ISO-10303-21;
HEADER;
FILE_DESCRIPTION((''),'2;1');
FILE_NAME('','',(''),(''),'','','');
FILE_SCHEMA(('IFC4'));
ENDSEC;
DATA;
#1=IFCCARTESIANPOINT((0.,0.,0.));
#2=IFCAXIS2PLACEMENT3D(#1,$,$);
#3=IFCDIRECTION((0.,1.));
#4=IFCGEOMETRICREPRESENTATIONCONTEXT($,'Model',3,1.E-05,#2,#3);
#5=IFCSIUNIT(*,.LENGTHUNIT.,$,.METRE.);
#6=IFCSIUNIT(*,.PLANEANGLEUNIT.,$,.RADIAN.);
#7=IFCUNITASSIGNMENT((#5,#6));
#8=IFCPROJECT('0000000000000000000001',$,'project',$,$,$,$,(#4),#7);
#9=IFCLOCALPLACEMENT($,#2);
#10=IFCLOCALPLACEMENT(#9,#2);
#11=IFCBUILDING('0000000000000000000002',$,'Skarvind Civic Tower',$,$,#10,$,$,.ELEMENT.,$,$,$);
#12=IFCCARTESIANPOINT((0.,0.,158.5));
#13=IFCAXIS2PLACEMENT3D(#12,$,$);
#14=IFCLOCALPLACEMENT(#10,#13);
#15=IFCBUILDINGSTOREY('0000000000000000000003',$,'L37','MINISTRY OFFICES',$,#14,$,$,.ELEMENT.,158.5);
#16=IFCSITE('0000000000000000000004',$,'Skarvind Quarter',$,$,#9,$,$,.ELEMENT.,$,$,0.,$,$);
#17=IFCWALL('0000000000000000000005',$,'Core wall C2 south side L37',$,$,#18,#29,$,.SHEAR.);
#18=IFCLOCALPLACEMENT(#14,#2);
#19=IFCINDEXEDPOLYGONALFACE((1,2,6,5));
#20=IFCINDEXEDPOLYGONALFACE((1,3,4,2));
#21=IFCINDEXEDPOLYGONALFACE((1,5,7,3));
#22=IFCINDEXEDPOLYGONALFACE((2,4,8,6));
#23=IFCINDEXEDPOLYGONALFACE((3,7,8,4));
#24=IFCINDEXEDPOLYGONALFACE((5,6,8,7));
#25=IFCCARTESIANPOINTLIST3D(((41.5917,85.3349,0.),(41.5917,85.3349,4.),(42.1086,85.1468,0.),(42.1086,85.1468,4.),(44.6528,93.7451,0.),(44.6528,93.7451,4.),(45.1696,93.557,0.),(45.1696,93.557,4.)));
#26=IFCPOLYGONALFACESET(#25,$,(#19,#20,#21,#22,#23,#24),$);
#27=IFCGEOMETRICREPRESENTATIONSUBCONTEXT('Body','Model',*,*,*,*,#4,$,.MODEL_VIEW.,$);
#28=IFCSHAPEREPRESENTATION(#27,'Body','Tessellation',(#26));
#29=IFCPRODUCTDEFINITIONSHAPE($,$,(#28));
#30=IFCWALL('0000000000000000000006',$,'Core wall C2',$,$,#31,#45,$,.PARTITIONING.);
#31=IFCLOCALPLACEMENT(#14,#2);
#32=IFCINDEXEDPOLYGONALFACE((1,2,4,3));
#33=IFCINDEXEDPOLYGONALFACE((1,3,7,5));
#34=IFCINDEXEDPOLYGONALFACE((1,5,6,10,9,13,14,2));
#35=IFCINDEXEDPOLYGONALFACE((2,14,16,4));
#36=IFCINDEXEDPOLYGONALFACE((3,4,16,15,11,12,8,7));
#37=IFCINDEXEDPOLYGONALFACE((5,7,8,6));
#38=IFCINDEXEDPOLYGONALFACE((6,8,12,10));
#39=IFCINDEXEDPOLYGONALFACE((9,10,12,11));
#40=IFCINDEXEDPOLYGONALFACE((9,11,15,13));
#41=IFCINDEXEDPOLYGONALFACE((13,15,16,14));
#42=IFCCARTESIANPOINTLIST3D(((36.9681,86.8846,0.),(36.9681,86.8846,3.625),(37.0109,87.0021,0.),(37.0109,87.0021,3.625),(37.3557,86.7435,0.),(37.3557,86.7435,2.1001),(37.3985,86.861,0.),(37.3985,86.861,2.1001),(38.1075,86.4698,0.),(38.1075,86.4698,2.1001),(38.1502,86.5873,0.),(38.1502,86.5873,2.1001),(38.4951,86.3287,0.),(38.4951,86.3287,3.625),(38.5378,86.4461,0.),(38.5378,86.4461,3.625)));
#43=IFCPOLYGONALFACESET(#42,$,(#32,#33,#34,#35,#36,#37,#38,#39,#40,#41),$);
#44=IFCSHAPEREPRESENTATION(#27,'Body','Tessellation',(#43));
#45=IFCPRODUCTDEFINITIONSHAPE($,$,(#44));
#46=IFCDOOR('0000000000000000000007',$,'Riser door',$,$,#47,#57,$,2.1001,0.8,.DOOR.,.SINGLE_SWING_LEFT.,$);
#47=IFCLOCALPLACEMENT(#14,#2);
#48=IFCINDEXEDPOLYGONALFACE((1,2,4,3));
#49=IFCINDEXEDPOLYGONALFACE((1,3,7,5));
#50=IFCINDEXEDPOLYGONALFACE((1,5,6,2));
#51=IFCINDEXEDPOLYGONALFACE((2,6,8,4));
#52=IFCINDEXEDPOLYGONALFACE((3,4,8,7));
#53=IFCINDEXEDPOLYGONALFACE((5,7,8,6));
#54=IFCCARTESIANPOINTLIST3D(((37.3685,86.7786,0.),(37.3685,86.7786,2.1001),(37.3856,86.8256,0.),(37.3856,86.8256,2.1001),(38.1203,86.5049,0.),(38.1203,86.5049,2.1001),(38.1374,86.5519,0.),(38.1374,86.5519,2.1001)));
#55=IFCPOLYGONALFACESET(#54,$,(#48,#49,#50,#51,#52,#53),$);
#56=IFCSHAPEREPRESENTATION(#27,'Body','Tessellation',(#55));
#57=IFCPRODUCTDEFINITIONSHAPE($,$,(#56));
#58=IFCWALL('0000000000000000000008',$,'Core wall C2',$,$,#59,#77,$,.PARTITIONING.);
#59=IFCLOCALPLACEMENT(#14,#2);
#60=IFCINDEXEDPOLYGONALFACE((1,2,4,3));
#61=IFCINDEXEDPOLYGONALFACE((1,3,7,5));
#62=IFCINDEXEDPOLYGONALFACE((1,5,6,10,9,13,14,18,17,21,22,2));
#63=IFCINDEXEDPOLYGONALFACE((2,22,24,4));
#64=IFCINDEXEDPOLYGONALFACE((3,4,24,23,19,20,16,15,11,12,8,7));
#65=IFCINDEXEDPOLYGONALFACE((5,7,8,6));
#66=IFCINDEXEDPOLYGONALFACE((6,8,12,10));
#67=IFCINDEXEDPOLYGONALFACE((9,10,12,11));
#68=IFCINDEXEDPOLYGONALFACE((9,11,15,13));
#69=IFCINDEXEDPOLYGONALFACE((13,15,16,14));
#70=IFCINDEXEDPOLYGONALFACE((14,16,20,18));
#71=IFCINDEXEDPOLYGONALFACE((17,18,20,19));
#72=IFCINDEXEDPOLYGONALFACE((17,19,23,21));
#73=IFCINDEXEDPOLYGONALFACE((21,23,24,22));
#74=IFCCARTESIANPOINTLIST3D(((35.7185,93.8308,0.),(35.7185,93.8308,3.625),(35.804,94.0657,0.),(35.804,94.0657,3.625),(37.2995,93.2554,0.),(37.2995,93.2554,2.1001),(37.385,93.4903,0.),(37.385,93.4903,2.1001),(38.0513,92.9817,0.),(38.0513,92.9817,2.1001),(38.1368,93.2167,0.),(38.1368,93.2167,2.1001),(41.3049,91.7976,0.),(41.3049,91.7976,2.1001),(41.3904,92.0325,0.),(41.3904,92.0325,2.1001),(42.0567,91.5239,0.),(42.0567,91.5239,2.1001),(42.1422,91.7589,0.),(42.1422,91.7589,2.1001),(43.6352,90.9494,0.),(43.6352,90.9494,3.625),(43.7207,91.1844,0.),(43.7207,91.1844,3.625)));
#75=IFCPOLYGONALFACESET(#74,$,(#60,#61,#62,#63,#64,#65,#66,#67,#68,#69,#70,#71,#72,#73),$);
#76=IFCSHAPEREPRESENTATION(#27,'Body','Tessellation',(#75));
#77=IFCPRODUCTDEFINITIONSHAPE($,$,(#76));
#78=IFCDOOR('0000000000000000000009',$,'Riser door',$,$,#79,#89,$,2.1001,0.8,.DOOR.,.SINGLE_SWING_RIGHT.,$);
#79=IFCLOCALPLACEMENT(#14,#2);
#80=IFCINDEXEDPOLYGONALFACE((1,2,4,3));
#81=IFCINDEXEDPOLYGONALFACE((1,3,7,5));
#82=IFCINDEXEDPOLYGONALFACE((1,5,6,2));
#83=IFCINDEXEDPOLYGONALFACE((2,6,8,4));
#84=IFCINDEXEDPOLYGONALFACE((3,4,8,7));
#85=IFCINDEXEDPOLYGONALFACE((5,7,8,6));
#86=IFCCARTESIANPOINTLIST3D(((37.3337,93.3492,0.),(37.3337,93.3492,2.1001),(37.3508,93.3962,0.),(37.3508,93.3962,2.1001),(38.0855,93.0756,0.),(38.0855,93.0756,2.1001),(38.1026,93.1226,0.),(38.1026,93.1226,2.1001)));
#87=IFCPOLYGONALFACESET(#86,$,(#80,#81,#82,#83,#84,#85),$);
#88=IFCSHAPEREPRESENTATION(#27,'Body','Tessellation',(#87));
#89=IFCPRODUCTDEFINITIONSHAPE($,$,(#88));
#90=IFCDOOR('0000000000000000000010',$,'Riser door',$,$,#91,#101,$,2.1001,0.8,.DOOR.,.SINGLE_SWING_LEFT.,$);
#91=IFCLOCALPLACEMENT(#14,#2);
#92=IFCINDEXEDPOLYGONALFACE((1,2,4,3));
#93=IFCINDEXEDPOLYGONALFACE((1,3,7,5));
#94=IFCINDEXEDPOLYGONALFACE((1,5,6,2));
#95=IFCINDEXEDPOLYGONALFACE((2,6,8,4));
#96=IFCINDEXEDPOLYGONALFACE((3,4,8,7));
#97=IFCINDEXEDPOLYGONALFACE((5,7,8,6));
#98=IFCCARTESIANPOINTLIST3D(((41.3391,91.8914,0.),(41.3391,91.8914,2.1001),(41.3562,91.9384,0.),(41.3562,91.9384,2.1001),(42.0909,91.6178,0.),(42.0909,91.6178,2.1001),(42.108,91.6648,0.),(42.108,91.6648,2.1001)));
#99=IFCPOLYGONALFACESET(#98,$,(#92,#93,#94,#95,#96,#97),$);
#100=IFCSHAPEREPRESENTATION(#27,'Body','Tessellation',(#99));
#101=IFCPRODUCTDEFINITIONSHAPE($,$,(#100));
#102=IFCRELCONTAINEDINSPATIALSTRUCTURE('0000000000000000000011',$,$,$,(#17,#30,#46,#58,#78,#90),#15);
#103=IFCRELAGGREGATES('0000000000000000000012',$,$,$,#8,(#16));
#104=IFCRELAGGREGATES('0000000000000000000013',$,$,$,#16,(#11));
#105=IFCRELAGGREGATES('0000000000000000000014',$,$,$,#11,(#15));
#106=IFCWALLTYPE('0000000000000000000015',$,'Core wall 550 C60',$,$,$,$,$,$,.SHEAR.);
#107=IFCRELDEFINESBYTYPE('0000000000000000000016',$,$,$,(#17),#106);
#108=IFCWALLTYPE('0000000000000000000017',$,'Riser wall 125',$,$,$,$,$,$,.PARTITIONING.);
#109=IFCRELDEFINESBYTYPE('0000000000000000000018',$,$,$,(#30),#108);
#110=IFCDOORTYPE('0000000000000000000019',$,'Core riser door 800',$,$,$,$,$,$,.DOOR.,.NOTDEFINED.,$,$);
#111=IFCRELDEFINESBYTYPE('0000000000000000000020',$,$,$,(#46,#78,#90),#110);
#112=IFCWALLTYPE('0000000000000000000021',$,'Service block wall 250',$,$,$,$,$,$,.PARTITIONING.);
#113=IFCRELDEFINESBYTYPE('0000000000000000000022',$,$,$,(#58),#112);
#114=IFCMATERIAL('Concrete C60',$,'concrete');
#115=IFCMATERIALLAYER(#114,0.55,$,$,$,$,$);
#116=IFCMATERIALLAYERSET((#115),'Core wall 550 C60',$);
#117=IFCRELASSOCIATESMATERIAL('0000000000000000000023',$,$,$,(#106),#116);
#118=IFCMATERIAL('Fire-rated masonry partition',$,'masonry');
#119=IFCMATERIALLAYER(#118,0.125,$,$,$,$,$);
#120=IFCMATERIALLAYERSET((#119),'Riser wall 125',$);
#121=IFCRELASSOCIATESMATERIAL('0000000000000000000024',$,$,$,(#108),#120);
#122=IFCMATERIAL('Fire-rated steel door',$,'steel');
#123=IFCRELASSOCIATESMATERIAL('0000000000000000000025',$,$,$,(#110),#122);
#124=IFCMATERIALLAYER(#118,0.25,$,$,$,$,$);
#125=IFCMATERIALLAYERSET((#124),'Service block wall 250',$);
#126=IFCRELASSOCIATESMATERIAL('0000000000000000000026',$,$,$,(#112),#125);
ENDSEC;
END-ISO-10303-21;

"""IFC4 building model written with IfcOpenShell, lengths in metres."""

from ifc_helpers import new_model, si_unit, direction, frame, frame_2d, origin, place, context, subcontext, project, spatial, rectangle, extrude, material, layer, layer_set, type_object, element, fill, save


model = new_model("IFC4")

# Units and contexts
model_context = context("Model", 3, precision=1e-05, world=origin(), true_north=direction((0.0, 1.0)))
body_context = subcontext(model_context, "Body", "Model", "MODEL_VIEW")
ifc_project = project(units=[si_unit("LENGTHUNIT", "METRE"), si_unit("PLANEANGLEUNIT", "RADIAN")], contexts=[model_context])

# Site, building, storey
site_placement = place(None, origin())
site = spatial("IfcSite", under=ifc_project, at=site_placement, Name="Skarvind Quarter", CompositionType="ELEMENT", RefElevation=0.0)
building_placement = place(site_placement, origin())
building = spatial("IfcBuilding", under=site, at=building_placement, Name="Skarvind Civic Tower", CompositionType="ELEMENT")
storey_placement = place(building_placement, frame((0.0, 0.0, 158.5)))
storey = spatial("IfcBuildingStorey", under=building, at=storey_placement, Name="L37", Description="MINISTRY OFFICES", CompositionType="ELEMENT", Elevation=158.5)

# Shared definitions
ifc_material_1 = material(Name="Concrete C60", Category="concrete")

# Shared definitions
ifc_material_2 = material(Name="Fire-rated masonry partition", Category="masonry")
ifc_material_3 = material(Name="Fire-rated steel door", Category="steel")

# Wall
ifc_layer_1 = layer(ifc_material_1, 0.55)
ifc_layer_set_1 = layer_set([ifc_layer_1], Name="Core wall 550 C60")
wall_type_1 = type_object("IfcWallType", Name="Core wall 550 C60", PredefinedType="SHEAR", material=ifc_layer_set_1)
wall_1_placement = place(storey_placement, frame((41.8501, 85.2407, 0.0), z_axis=(0.0, 0.0, 1.0), x_axis=(0.342019, 0.939693, 0.0)))
element("IfcWall", 1, at=wall_1_placement, inside=storey, type_object=wall_type_1, Name="Core wall C2 south side L37", PredefinedType="SHEAR", context=body_context, shape_type="SweptSolid", body=[
    extrude(rectangle(XDim=8.95, YDim=0.55, at=frame_2d((4.4751, 0.0))), origin(), (0.0, 0.0, 1.0), 4.0),
])

# Wall, opening, door
ifc_layer_2 = layer(ifc_material_2, 0.125)
ifc_layer_set_2 = layer_set([ifc_layer_2], Name="Riser wall 125")
wall_type_2 = type_object("IfcWallType", Name="Riser wall 125", PredefinedType="PARTITIONING", material=ifc_layer_set_2)
wall_2_placement = place(storey_placement, frame((36.9895, 86.9434, 0.0), z_axis=(0.0, 0.0, 1.0), x_axis=(0.939657, -0.342117, 0.0)))
wall_2 = element("IfcWall", 2, at=wall_2_placement, inside=storey, type_object=wall_type_2, Name="Core wall C2", PredefinedType="PARTITIONING", context=body_context, shape_type="SweptSolid", body=[
    extrude(rectangle(XDim=1.625, YDim=0.125, at=frame_2d((0.8125, 0.0))), origin(), (0.0, 0.0, 1.0), 3.625),
])
opening_1_placement = place(wall_2_placement, frame((0.4126, 0.0, 0.0)))
opening_1 = element("IfcOpeningElement", 3, at=opening_1_placement, cuts=wall_2, PredefinedType="OPENING", context=body_context, shape_type="SweptSolid", body=[
    extrude(rectangle(XDim=0.8, YDim=2.1001, at=frame_2d((0.3999, 1.05))), frame((0.0, 0.0725, 0.0), z_axis=(0.0, -1.0, 0.0), x_axis=(1.0, 0.0, 0.0)), (0.0, 0.0, 1.0), 0.145),
])
door_type_1 = type_object("IfcDoorType", Name="Core riser door 800", OperationType="NOTDEFINED", PredefinedType="DOOR", material=ifc_material_3)
door_1_placement = place(opening_1_placement, origin())
door_1 = element("IfcDoor", 4, at=door_1_placement, inside=storey, type_object=door_type_1, Name="Riser door", OperationType="SINGLE_SWING_LEFT", OverallHeight=2.1001, OverallWidth=0.8, PredefinedType="DOOR", context=body_context, shape_type="SweptSolid", body=[
    extrude(rectangle(XDim=0.8, YDim=2.1001, at=frame_2d((0.3999, 1.05))), frame((0.0, 0.0249, 0.0), z_axis=(0.0, -1.0, 0.0), x_axis=(1.0, 0.0, 0.0)), (0.0, 0.0, 1.0), 0.05),
])
fill(opening_1, door_1)

# Wall, openings, doors
ifc_layer_3 = layer(ifc_material_2, 0.25)
ifc_layer_set_3 = layer_set([ifc_layer_3], Name="Service block wall 250")
wall_type_3 = type_object("IfcWallType", Name="Service block wall 250", PredefinedType="PARTITIONING", material=ifc_layer_set_3)
wall_3_placement = place(storey_placement, frame((35.7612, 93.9482, 0.0), z_axis=(0.0, 0.0, 1.0), x_axis=(0.939697, -0.342008, 0.0)))
wall_3 = element("IfcWall", 5, at=wall_3_placement, inside=storey, type_object=wall_type_3, Name="Core wall C2", PredefinedType="PARTITIONING", context=body_context, shape_type="SweptSolid", body=[
    extrude(rectangle(XDim=8.4248, YDim=0.25, at=frame_2d((4.2124, 0.0))), origin(), (0.0, 0.0, 1.0), 3.625),
])
opening_2_placement = place(wall_3_placement, frame((1.6826, 0.0, 0.0)))
opening_2 = element("IfcOpeningElement", 6, at=opening_2_placement, cuts=wall_3, PredefinedType="OPENING", context=body_context, shape_type="SweptSolid", body=[
    extrude(rectangle(XDim=0.8, YDim=2.1001, at=frame_2d((0.3999, 1.05))), frame((0.0, 0.135, 0.0), z_axis=(0.0, -1.0, 0.0), x_axis=(1.0, 0.0, 0.0)), (0.0, 0.0, 1.0), 0.27),
])
opening_3_placement = place(wall_3_placement, frame((5.9451, 0.0, 0.0)))
opening_3 = element("IfcOpeningElement", 7, at=opening_3_placement, cuts=wall_3, PredefinedType="OPENING", context=body_context, shape_type="SweptSolid", body=[
    extrude(rectangle(XDim=0.8, YDim=2.1001, at=frame_2d((0.3999, 1.05))), frame((0.0, 0.135, 0.0), z_axis=(0.0, -1.0, 0.0), x_axis=(1.0, 0.0, 0.0)), (0.0, 0.0, 1.0), 0.27),
])
door_2_placement = place(opening_2_placement, origin())
door_2 = element("IfcDoor", 8, at=door_2_placement, inside=storey, type_object=door_type_1, Name="Riser door", OperationType="SINGLE_SWING_RIGHT", OverallHeight=2.1001, OverallWidth=0.8, PredefinedType="DOOR", context=body_context, shape_type="SweptSolid", body=[
    extrude(rectangle(XDim=0.8, YDim=2.1001, at=frame_2d((0.3999, 1.05))), frame((0.0, 0.0249, 0.0), z_axis=(0.0, -1.0, 0.0), x_axis=(1.0, 0.0, 0.0)), (0.0, 0.0, 1.0), 0.05),
])
fill(opening_2, door_2)
door_3_placement = place(opening_3_placement, origin())
door_3 = element("IfcDoor", 9, at=door_3_placement, inside=storey, type_object=door_type_1, Name="Riser door", OperationType="SINGLE_SWING_LEFT", OverallHeight=2.1001, OverallWidth=0.8, PredefinedType="DOOR", context=body_context, shape_type="SweptSolid", body=[
    extrude(rectangle(XDim=0.8, YDim=2.1001, at=frame_2d((0.3999, 1.05))), frame((0.0, 0.0249, 0.0), z_axis=(0.0, -1.0, 0.0), x_axis=(1.0, 0.0, 0.0)), (0.0, 0.0, 1.0), 0.05),
])
fill(opening_3, door_3)

save(model, "model.ifc")
